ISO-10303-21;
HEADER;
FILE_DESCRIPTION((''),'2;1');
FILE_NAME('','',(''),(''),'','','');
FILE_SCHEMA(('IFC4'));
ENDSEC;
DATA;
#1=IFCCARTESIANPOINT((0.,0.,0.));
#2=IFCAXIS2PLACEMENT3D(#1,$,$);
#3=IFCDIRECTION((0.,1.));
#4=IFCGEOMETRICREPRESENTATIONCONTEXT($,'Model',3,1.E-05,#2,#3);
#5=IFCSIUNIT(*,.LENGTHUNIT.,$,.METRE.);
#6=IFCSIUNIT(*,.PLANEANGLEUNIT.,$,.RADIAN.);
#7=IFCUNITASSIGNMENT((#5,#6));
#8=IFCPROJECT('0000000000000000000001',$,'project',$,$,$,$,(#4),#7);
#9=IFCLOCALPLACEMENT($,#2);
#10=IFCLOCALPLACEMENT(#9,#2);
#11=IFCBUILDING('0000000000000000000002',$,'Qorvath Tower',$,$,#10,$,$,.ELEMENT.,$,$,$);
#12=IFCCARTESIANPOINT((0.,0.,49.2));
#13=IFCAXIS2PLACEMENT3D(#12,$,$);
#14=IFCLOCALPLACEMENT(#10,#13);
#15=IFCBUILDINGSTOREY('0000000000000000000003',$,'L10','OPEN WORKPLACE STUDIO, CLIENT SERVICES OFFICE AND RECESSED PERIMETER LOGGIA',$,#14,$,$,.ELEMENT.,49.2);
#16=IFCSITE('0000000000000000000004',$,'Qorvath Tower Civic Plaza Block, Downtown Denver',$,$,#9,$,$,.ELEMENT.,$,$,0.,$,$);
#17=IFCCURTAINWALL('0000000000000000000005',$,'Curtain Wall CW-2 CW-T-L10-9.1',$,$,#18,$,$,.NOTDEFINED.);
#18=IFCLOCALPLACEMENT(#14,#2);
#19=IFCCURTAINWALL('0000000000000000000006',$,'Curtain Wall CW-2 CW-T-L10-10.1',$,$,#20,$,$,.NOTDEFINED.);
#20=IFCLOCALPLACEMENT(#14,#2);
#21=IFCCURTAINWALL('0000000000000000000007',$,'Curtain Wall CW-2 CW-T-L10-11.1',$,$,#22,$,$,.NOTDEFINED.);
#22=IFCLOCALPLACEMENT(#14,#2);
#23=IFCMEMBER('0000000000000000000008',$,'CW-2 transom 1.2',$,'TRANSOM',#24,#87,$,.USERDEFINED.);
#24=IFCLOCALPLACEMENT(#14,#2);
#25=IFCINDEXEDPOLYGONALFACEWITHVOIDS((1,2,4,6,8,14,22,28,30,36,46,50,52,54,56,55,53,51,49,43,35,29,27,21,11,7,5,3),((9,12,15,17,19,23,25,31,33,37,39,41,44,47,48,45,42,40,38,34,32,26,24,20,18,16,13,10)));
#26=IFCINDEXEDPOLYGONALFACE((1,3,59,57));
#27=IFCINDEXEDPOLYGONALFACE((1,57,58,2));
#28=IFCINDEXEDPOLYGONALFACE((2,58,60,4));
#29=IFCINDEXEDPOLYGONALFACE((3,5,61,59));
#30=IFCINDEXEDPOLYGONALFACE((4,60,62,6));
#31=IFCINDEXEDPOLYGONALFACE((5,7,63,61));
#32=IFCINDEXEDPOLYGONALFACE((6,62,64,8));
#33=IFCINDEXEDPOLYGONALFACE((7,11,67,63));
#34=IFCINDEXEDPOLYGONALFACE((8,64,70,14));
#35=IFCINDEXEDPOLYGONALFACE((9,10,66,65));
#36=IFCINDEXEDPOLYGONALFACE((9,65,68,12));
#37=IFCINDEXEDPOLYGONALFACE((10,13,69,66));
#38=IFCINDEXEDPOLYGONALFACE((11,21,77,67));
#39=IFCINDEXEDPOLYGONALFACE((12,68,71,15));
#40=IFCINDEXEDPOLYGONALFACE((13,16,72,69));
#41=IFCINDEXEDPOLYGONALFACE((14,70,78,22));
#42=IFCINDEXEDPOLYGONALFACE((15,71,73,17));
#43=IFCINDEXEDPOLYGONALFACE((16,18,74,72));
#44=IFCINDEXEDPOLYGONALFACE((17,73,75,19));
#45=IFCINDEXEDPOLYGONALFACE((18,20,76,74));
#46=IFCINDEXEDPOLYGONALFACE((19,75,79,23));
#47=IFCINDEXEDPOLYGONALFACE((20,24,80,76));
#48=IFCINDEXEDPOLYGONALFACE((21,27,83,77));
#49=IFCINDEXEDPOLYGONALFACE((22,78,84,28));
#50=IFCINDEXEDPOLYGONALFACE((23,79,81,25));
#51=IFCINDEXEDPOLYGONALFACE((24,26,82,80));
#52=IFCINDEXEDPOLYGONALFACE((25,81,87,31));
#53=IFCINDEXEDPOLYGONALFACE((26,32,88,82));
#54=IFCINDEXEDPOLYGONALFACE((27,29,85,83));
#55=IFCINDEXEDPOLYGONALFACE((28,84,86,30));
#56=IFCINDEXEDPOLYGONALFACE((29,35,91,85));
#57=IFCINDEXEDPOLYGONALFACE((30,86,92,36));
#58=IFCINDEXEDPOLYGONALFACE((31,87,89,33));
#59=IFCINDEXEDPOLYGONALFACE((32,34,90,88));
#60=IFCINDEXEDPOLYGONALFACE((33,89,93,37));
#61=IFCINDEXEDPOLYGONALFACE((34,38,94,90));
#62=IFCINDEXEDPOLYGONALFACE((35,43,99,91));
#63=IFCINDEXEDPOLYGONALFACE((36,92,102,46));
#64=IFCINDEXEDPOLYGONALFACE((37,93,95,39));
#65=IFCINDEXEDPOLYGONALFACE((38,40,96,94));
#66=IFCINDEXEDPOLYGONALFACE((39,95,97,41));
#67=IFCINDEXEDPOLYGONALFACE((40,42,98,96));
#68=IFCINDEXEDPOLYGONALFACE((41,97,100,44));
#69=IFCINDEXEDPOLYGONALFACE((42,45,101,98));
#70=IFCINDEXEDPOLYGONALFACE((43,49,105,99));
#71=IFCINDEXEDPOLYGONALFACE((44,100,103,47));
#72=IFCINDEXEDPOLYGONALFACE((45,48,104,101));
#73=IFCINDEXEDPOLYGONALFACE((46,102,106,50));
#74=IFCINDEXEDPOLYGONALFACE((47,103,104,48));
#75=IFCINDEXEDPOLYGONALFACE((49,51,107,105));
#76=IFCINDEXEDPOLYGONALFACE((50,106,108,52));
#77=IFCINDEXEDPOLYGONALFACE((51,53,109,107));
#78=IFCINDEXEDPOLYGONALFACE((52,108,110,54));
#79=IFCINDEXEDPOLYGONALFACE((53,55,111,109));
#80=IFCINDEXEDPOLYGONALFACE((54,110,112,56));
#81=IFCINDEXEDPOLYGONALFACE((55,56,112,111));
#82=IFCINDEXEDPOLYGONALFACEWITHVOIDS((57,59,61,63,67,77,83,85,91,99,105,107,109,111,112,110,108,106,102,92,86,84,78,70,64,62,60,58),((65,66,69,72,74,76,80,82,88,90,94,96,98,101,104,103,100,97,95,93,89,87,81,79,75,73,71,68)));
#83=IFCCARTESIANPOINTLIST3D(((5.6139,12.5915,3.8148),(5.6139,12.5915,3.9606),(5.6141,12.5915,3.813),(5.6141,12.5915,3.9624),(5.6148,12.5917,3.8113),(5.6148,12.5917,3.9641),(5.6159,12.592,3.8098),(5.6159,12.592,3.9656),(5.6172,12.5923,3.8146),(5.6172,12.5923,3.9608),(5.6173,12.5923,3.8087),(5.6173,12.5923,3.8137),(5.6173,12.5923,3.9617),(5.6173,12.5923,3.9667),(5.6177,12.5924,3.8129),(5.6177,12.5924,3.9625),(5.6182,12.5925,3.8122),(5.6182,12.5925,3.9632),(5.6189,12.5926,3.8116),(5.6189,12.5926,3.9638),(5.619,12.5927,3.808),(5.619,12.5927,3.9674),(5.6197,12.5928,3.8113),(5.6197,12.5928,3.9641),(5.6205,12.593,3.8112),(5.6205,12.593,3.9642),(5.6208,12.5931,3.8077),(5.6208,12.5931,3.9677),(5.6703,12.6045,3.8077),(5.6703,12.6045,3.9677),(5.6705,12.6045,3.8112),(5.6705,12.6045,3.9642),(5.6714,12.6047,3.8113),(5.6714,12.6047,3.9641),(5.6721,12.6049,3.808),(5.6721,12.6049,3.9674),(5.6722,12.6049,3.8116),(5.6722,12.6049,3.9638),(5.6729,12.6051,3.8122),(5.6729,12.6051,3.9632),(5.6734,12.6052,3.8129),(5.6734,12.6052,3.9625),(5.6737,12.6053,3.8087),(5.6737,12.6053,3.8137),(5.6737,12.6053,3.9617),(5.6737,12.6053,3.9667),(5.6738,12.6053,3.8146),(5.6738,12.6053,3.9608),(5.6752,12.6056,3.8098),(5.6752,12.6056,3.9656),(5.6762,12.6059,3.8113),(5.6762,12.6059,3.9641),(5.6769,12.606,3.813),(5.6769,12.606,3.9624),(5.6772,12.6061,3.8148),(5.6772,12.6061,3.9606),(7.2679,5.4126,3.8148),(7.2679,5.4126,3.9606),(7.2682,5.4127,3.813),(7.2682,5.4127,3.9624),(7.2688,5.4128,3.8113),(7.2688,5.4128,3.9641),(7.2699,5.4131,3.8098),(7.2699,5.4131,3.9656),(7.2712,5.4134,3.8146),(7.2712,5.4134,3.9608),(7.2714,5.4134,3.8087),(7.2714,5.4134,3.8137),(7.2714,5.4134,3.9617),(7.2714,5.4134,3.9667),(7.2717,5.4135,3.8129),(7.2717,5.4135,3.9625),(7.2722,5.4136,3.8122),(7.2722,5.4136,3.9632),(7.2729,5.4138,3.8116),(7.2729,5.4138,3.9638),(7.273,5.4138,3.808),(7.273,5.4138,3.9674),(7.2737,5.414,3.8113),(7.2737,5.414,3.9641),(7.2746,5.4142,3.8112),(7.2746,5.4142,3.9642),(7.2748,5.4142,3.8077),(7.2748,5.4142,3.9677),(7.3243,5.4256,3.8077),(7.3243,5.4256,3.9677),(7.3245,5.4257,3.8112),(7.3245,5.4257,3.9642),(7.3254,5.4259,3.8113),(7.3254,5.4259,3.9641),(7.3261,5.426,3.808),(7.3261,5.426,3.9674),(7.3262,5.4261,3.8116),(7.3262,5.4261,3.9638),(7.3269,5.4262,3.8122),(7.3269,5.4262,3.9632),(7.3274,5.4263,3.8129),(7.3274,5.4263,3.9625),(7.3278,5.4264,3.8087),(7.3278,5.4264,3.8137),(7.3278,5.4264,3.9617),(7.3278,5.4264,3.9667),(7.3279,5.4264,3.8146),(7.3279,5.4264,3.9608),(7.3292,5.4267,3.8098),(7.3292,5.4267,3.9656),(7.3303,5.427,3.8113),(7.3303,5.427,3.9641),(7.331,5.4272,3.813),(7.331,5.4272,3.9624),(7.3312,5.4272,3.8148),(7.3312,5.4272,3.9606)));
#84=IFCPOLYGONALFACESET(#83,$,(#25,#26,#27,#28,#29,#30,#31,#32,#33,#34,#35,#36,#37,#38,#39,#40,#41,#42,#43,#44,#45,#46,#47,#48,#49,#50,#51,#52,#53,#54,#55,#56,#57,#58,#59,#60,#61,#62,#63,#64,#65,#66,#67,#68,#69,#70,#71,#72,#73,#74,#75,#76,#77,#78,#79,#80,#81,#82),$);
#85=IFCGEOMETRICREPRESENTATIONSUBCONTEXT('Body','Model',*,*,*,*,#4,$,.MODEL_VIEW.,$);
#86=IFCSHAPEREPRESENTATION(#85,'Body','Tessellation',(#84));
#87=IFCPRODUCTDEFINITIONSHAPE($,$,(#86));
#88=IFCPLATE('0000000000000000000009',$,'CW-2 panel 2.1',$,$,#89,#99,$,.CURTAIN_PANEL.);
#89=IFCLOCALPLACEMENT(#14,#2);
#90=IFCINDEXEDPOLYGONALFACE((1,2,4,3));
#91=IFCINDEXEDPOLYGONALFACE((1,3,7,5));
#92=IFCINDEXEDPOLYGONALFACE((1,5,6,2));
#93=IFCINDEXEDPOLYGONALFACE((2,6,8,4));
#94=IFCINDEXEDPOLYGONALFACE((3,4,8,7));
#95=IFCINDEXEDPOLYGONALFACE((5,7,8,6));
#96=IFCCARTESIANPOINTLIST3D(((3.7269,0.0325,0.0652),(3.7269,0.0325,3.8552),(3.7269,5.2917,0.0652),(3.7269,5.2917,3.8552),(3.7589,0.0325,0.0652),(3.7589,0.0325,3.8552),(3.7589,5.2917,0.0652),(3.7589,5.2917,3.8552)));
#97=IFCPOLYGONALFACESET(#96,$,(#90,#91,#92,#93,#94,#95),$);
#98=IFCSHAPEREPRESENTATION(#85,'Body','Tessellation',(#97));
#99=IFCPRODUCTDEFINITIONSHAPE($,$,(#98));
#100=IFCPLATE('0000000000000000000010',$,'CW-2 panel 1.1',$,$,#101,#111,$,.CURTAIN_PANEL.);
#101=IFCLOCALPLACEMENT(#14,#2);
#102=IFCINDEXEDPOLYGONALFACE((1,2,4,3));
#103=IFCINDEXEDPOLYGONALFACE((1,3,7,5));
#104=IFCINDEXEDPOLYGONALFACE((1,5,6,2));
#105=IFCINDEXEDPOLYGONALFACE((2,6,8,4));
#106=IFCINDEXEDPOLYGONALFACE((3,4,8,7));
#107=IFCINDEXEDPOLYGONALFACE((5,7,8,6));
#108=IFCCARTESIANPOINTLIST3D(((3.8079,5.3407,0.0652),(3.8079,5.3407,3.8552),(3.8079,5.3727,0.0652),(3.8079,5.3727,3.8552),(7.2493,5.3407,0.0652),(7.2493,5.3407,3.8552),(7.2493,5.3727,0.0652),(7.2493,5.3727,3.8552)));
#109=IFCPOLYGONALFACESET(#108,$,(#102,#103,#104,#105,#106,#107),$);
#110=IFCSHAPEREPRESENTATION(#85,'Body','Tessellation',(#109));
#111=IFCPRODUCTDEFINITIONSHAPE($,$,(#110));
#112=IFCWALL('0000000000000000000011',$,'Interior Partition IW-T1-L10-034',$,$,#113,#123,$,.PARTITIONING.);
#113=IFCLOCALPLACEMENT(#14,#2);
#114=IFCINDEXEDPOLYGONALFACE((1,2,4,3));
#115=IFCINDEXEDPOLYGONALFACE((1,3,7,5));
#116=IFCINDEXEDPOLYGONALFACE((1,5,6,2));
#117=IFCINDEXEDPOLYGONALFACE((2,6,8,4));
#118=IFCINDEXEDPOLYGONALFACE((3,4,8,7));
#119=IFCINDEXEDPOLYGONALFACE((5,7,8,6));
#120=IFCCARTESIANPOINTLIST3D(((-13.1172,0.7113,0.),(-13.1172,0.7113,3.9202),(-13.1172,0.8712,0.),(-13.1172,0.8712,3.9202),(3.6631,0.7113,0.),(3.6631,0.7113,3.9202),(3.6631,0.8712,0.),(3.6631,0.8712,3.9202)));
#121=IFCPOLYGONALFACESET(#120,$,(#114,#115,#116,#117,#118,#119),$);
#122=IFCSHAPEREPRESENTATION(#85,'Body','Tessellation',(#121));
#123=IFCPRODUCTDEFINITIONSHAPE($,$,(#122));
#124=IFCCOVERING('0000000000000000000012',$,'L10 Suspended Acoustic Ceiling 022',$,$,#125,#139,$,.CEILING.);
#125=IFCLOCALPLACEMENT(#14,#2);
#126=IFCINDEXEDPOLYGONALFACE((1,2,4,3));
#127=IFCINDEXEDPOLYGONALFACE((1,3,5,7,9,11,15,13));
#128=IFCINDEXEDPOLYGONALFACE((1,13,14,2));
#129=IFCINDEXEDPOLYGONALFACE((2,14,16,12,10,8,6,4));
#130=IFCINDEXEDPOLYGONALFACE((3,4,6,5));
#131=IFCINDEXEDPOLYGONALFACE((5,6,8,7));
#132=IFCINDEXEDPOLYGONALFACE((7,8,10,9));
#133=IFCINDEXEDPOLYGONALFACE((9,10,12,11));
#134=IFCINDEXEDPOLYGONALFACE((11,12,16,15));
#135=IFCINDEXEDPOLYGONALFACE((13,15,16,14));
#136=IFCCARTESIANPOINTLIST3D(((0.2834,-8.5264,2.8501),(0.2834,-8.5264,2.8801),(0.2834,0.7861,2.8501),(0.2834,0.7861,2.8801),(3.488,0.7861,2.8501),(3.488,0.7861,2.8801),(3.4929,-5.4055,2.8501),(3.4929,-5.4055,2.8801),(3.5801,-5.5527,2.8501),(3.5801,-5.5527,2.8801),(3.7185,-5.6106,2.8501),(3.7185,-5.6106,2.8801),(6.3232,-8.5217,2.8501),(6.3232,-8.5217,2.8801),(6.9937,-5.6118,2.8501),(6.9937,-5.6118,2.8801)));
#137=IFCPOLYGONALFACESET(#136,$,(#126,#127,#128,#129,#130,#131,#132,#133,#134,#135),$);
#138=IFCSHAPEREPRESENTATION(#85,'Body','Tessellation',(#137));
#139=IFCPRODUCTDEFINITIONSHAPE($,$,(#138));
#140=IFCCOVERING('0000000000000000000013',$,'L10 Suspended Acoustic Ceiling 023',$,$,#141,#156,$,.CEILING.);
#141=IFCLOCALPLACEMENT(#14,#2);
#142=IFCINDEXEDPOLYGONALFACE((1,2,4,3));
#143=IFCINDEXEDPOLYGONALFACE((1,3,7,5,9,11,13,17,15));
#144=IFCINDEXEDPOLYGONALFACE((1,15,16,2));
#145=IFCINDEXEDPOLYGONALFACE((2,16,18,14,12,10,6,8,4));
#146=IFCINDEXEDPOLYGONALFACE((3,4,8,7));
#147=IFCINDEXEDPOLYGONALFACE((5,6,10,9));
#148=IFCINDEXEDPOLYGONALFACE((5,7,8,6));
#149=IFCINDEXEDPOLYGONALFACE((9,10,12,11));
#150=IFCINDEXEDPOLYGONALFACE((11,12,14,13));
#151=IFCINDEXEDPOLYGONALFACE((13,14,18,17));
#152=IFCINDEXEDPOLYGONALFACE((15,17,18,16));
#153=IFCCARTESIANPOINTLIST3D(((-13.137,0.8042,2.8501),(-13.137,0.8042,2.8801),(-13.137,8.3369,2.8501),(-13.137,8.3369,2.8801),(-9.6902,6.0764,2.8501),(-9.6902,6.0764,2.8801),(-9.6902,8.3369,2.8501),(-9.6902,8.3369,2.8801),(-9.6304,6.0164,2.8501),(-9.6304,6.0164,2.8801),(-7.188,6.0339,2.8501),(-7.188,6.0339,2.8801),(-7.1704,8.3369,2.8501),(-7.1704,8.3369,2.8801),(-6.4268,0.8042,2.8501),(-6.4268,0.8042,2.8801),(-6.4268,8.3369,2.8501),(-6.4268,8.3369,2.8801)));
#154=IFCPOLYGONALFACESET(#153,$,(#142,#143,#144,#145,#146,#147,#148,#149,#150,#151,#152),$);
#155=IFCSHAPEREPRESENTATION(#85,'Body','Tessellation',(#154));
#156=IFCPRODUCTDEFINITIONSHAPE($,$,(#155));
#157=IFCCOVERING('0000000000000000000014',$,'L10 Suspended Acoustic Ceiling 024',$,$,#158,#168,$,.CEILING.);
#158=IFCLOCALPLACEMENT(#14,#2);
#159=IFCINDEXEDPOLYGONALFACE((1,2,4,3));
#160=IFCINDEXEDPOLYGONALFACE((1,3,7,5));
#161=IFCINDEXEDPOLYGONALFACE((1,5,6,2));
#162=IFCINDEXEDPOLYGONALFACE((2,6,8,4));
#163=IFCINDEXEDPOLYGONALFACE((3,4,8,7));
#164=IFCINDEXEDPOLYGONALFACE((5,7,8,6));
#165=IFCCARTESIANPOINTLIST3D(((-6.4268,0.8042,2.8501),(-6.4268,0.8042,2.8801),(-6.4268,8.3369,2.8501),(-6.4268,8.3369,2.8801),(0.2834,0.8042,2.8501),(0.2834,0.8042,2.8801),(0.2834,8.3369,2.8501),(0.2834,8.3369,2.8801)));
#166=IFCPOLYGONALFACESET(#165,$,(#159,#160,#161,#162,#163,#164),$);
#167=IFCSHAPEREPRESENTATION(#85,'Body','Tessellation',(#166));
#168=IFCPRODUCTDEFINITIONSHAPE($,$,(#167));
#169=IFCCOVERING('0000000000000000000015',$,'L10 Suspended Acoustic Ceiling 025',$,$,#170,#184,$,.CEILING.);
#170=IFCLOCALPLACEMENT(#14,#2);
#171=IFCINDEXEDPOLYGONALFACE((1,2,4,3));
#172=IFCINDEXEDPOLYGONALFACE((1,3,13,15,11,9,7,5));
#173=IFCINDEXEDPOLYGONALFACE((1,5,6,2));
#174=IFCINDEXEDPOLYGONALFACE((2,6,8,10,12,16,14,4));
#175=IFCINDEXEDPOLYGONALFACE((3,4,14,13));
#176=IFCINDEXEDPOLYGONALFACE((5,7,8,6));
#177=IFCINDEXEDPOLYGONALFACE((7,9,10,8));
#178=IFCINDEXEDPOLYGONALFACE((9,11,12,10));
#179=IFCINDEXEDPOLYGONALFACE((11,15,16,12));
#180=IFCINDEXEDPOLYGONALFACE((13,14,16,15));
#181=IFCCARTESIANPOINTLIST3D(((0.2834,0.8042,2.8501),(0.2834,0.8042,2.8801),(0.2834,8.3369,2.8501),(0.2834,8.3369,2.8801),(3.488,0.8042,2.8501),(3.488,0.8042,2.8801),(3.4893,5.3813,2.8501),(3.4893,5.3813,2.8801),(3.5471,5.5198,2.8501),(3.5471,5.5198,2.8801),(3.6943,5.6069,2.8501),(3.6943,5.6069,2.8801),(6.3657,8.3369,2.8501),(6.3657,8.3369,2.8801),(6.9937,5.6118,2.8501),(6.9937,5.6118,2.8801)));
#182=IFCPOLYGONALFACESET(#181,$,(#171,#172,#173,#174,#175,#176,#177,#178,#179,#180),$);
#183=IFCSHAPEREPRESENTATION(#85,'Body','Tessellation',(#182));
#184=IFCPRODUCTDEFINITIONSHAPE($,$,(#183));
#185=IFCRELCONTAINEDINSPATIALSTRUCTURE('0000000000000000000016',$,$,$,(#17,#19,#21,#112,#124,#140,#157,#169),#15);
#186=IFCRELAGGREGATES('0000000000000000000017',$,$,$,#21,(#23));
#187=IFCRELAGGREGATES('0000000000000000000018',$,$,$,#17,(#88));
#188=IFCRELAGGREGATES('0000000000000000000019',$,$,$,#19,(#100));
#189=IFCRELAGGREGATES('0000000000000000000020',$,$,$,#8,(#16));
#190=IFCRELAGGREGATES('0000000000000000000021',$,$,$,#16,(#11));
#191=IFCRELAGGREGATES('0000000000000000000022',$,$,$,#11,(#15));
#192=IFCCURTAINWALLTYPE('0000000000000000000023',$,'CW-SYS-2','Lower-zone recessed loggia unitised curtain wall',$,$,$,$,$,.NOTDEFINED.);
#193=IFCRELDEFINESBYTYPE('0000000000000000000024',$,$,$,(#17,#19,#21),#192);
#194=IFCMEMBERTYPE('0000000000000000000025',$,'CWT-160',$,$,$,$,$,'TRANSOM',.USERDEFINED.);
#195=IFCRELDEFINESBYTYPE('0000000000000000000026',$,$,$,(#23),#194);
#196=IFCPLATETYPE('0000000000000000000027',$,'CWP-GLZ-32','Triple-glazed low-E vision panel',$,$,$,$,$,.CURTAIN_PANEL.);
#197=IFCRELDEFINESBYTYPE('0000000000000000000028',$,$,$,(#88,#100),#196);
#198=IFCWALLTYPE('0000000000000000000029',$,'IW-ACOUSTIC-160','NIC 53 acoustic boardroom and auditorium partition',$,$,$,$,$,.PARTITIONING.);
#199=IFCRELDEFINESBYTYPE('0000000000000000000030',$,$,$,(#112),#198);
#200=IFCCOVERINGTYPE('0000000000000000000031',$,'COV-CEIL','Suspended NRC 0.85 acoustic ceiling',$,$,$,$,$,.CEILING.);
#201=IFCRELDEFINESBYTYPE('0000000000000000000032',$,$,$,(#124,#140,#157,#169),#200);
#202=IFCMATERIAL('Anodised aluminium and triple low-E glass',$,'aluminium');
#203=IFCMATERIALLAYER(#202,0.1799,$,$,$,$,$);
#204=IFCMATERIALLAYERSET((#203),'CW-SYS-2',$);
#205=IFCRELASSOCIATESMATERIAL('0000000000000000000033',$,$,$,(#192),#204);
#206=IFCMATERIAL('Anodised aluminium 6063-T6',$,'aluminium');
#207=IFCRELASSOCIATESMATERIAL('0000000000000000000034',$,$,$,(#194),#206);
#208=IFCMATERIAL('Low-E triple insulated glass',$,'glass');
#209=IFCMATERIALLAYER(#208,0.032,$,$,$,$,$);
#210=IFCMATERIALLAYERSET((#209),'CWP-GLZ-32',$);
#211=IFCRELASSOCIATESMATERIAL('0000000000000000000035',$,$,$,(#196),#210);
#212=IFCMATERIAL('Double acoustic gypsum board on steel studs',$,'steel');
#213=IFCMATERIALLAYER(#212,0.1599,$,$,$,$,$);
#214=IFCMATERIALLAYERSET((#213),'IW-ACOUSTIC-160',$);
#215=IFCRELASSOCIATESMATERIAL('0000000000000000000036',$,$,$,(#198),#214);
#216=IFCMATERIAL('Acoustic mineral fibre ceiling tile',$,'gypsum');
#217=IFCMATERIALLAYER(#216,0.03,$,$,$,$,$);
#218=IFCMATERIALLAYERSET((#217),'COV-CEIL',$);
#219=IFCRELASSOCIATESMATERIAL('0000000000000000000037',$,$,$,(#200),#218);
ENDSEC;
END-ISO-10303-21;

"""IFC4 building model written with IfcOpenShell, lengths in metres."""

from ifc_helpers import new_model, si_unit, direction, frame, frame_2d, origin, origin_2d, place, context, subcontext, project, spatial, polyline, rectangle, hollow_rectangle, outline, extrude, material, layer, layer_set, material_profile, profile_set, type_object, element, aggregate, save


model = new_model("IFC4")

# Units and contexts
model_context = context("Model", 3, precision=1e-05, world=origin(), true_north=direction((0.0, 1.0)))
body_context = subcontext(model_context, "Body", "Model", "MODEL_VIEW")
ifc_project = project(units=[si_unit("LENGTHUNIT", "METRE"), si_unit("PLANEANGLEUNIT", "RADIAN")], contexts=[model_context])

# Site, building, storey
site_placement = place(None, origin())
site = spatial("IfcSite", under=ifc_project, at=site_placement, Name="Qorvath Tower Civic Plaza Block, Downtown Denver", CompositionType="ELEMENT", RefElevation=0.0)
building_placement = place(site_placement, origin())
building = spatial("IfcBuilding", under=site, at=building_placement, Name="Qorvath Tower", CompositionType="ELEMENT")
storey_placement = place(building_placement, frame((0.0, 0.0, 49.2)))
storey = spatial("IfcBuildingStorey", under=building, at=storey_placement, Name="L10", Description="OPEN WORKPLACE STUDIO, CLIENT SERVICES OFFICE AND RECESSED PERIMETER LOGGIA", CompositionType="ELEMENT", Elevation=49.2)

# Curtain walls
ifc_material_1 = material(Name="Anodised aluminium and triple low-E glass", Category="aluminium")
ifc_layer_1 = layer(ifc_material_1, 0.1799)
ifc_layer_set_1 = layer_set([ifc_layer_1], Name="CW-SYS-2")
curtain_wall_type = type_object("IfcCurtainWallType", Name="CW-SYS-2", Description="Lower-zone recessed loggia unitised curtain wall", PredefinedType="NOTDEFINED", material=ifc_layer_set_1)
curtain_wall_1_placement = place(storey_placement, origin())
curtain_wall_1 = element("IfcCurtainWall", 1, at=curtain_wall_1_placement, inside=storey, type_object=curtain_wall_type, Name="Curtain Wall CW-2 CW-T-L10-9.1", PredefinedType="NOTDEFINED")
curtain_wall_2_placement = place(storey_placement, origin())
curtain_wall_2 = element("IfcCurtainWall", 2, at=curtain_wall_2_placement, inside=storey, type_object=curtain_wall_type, Name="Curtain Wall CW-2 CW-T-L10-10.1", PredefinedType="NOTDEFINED")

# Curtain wall
curtain_wall_3_placement = place(storey_placement, origin())
curtain_wall_3 = element("IfcCurtainWall", 3, at=curtain_wall_3_placement, inside=storey, type_object=curtain_wall_type, Name="Curtain Wall CW-2 CW-T-L10-11.1", PredefinedType="NOTDEFINED")

# Member
ifc_material_2 = material(Name="Anodised aluminium 6063-T6", Category="aluminium")
ifc_material_profile_1 = material_profile(ifc_material_2, hollow_rectangle(XDim=0.0649, YDim=0.1599, WallThickness=0.0034, InnerFilletRadius=0.0034, OuterFilletRadius=0.0071, at=origin_2d()), Name="CWT 160x65")
ifc_profile_set_1 = profile_set([ifc_material_profile_1], Name="Anodised aluminium 6063-T6")
member_type_1 = type_object("IfcMemberType", Name="CWT-160", ElementType="TRANSOM", PredefinedType="USERDEFINED", material=ifc_profile_set_1)
member_1_placement = place(storey_placement, frame((7.2996, 5.4199, 3.8877), z_axis=(-0.224521, 0.974469, 0.0), x_axis=(-0.974469, -0.224521, 0.0)))
member_1 = element("IfcMember", 4, at=member_1_placement, type_object=member_type_1, Name="CW-2 transom 1.2", ObjectType="TRANSOM", PredefinedType="USERDEFINED", context=body_context, shape_type="SweptSolid", body=[
    extrude(hollow_rectangle(XDim=0.0649, YDim=0.1599, WallThickness=0.0034, InnerFilletRadius=0.0034, OuterFilletRadius=0.0071, at=origin_2d()), origin(), (0.0, 0.0, 1.0), 7.3669),
])
aggregate(curtain_wall_3, [member_1])

# Plates
ifc_material_3 = material(Name="Low-E triple insulated glass", Category="glass")
ifc_layer_2 = layer(ifc_material_3, 0.032)
ifc_layer_set_2 = layer_set([ifc_layer_2], Name="CWP-GLZ-32")
plate_type = type_object("IfcPlateType", Name="CWP-GLZ-32", Description="Triple-glazed low-E vision panel", PredefinedType="CURTAIN_PANEL", material=ifc_layer_set_2)
plate_1_placement = place(storey_placement, frame((3.7429, 2.6621, 0.0652), z_axis=(0.0, 0.0, 1.0), x_axis=(0.0, 1.0, 0.0)))
plate_1 = element("IfcPlate", 5, at=plate_1_placement, type_object=plate_type, Name="CW-2 panel 2.1", PredefinedType="CURTAIN_PANEL", context=body_context, shape_type="SweptSolid", body=[
    extrude(rectangle(XDim=5.2593, YDim=0.032, at=origin_2d()), origin(), (0.0, 0.0, 1.0), 3.79),
])
aggregate(curtain_wall_1, [plate_1])
plate_2_placement = place(storey_placement, frame((5.5286, 5.3567, 0.0652), z_axis=(0.0, 0.0, 1.0), x_axis=(1.0, 0.0, 0.0)))
plate_2 = element("IfcPlate", 6, at=plate_2_placement, type_object=plate_type, Name="CW-2 panel 1.1", PredefinedType="CURTAIN_PANEL", context=body_context, shape_type="SweptSolid", body=[
    extrude(rectangle(XDim=3.4414, YDim=0.032, at=origin_2d()), origin(), (0.0, 0.0, 1.0), 3.79),
])
aggregate(curtain_wall_2, [plate_2])

# Wall
ifc_material_4 = material(Name="Double acoustic gypsum board on steel studs", Category="steel")
ifc_layer_3 = layer(ifc_material_4, 0.1599)
ifc_layer_set_3 = layer_set([ifc_layer_3], Name="IW-ACOUSTIC-160")
wall_type = type_object("IfcWallType", Name="IW-ACOUSTIC-160", Description="NIC 53 acoustic boardroom and auditorium partition", PredefinedType="PARTITIONING", material=ifc_layer_set_3)
wall_placement = place(storey_placement, frame((3.6631, 0.7913, 0.0), z_axis=(0.0, 0.0, 1.0), x_axis=(-1.0, 0.0, 0.0)))
element("IfcWall", 7, at=wall_placement, inside=storey, type_object=wall_type, Name="Interior Partition IW-T1-L10-034", PredefinedType="PARTITIONING", context=body_context, shape_type="SweptSolid", body=[
    extrude(rectangle(XDim=16.7803, YDim=0.1599, at=frame_2d((8.3901, 0.0))), origin(), (0.0, 0.0, 1.0), 3.9202),
])

# Coverings
ifc_material_5 = material(Name="Acoustic mineral fibre ceiling tile", Category="gypsum")
ifc_layer_4 = layer(ifc_material_5, 0.03)
ifc_layer_set_4 = layer_set([ifc_layer_4], Name="COV-CEIL")
covering_type_1 = type_object("IfcCoveringType", Name="COV-CEIL", Description="Suspended NRC 0.85 acoustic ceiling", PredefinedType="CEILING", material=ifc_layer_set_4)
covering_1_placement = place(storey_placement, frame((0.0, 0.0, 2.8501)))
element("IfcCovering", 8, at=covering_1_placement, inside=storey, type_object=covering_type_1, Name="L10 Suspended Acoustic Ceiling 022", PredefinedType="CEILING", context=body_context, shape_type="SweptSolid", body=[
    extrude(outline(polyline([(3.5801, -5.5527), (3.4929, -5.4055), (3.488, 0.7861), (0.2834, 0.7861), (0.2834, -8.5264), (6.3232, -8.5217), (6.9937, -5.6118), (3.7185, -5.6106), (3.5801, -5.5527)])), origin(), (0.0, 0.0, 1.0), 0.03),
])
covering_2_placement = place(storey_placement, frame((0.0, 0.0, 2.8501)))
element("IfcCovering", 9, at=covering_2_placement, inside=storey, type_object=covering_type_1, Name="L10 Suspended Acoustic Ceiling 023", PredefinedType="CEILING", context=body_context, shape_type="SweptSolid", body=[
    extrude(outline(polyline([(-6.4268, 0.8042), (-6.4268, 8.3369), (-7.1704, 8.3369), (-7.188, 6.0339), (-9.6304, 6.0164), (-9.6902, 6.0764), (-9.6902, 8.3369), (-13.137, 8.3369), (-13.137, 0.8042), (-6.4268, 0.8042)])), origin(), (0.0, 0.0, 1.0), 0.03),
])
covering_3_placement = place(storey_placement, frame((0.0, 0.0, 2.8501)))
element("IfcCovering", 10, at=covering_3_placement, inside=storey, type_object=covering_type_1, Name="L10 Suspended Acoustic Ceiling 024", PredefinedType="CEILING", context=body_context, shape_type="SweptSolid", body=[
    extrude(outline(polyline([(0.2834, 0.8042), (0.2834, 8.3369), (-6.4268, 8.3369), (-6.4268, 0.8042), (0.2834, 0.8042)])), origin(), (0.0, 0.0, 1.0), 0.03),
])
covering_4_placement = place(storey_placement, frame((0.0, 0.0, 2.8501)))
element("IfcCovering", 11, at=covering_4_placement, inside=storey, type_object=covering_type_1, Name="L10 Suspended Acoustic Ceiling 025", PredefinedType="CEILING", context=body_context, shape_type="SweptSolid", body=[
    extrude(outline(polyline([(3.5471, 5.5198), (3.6943, 5.6069), (6.9937, 5.6118), (6.3657, 8.3369), (0.2834, 8.3369), (0.2834, 0.8042), (3.488, 0.8042), (3.4893, 5.3813), (3.5471, 5.5198)])), origin(), (0.0, 0.0, 1.0), 0.03),
])

save(model, "model.ifc")
